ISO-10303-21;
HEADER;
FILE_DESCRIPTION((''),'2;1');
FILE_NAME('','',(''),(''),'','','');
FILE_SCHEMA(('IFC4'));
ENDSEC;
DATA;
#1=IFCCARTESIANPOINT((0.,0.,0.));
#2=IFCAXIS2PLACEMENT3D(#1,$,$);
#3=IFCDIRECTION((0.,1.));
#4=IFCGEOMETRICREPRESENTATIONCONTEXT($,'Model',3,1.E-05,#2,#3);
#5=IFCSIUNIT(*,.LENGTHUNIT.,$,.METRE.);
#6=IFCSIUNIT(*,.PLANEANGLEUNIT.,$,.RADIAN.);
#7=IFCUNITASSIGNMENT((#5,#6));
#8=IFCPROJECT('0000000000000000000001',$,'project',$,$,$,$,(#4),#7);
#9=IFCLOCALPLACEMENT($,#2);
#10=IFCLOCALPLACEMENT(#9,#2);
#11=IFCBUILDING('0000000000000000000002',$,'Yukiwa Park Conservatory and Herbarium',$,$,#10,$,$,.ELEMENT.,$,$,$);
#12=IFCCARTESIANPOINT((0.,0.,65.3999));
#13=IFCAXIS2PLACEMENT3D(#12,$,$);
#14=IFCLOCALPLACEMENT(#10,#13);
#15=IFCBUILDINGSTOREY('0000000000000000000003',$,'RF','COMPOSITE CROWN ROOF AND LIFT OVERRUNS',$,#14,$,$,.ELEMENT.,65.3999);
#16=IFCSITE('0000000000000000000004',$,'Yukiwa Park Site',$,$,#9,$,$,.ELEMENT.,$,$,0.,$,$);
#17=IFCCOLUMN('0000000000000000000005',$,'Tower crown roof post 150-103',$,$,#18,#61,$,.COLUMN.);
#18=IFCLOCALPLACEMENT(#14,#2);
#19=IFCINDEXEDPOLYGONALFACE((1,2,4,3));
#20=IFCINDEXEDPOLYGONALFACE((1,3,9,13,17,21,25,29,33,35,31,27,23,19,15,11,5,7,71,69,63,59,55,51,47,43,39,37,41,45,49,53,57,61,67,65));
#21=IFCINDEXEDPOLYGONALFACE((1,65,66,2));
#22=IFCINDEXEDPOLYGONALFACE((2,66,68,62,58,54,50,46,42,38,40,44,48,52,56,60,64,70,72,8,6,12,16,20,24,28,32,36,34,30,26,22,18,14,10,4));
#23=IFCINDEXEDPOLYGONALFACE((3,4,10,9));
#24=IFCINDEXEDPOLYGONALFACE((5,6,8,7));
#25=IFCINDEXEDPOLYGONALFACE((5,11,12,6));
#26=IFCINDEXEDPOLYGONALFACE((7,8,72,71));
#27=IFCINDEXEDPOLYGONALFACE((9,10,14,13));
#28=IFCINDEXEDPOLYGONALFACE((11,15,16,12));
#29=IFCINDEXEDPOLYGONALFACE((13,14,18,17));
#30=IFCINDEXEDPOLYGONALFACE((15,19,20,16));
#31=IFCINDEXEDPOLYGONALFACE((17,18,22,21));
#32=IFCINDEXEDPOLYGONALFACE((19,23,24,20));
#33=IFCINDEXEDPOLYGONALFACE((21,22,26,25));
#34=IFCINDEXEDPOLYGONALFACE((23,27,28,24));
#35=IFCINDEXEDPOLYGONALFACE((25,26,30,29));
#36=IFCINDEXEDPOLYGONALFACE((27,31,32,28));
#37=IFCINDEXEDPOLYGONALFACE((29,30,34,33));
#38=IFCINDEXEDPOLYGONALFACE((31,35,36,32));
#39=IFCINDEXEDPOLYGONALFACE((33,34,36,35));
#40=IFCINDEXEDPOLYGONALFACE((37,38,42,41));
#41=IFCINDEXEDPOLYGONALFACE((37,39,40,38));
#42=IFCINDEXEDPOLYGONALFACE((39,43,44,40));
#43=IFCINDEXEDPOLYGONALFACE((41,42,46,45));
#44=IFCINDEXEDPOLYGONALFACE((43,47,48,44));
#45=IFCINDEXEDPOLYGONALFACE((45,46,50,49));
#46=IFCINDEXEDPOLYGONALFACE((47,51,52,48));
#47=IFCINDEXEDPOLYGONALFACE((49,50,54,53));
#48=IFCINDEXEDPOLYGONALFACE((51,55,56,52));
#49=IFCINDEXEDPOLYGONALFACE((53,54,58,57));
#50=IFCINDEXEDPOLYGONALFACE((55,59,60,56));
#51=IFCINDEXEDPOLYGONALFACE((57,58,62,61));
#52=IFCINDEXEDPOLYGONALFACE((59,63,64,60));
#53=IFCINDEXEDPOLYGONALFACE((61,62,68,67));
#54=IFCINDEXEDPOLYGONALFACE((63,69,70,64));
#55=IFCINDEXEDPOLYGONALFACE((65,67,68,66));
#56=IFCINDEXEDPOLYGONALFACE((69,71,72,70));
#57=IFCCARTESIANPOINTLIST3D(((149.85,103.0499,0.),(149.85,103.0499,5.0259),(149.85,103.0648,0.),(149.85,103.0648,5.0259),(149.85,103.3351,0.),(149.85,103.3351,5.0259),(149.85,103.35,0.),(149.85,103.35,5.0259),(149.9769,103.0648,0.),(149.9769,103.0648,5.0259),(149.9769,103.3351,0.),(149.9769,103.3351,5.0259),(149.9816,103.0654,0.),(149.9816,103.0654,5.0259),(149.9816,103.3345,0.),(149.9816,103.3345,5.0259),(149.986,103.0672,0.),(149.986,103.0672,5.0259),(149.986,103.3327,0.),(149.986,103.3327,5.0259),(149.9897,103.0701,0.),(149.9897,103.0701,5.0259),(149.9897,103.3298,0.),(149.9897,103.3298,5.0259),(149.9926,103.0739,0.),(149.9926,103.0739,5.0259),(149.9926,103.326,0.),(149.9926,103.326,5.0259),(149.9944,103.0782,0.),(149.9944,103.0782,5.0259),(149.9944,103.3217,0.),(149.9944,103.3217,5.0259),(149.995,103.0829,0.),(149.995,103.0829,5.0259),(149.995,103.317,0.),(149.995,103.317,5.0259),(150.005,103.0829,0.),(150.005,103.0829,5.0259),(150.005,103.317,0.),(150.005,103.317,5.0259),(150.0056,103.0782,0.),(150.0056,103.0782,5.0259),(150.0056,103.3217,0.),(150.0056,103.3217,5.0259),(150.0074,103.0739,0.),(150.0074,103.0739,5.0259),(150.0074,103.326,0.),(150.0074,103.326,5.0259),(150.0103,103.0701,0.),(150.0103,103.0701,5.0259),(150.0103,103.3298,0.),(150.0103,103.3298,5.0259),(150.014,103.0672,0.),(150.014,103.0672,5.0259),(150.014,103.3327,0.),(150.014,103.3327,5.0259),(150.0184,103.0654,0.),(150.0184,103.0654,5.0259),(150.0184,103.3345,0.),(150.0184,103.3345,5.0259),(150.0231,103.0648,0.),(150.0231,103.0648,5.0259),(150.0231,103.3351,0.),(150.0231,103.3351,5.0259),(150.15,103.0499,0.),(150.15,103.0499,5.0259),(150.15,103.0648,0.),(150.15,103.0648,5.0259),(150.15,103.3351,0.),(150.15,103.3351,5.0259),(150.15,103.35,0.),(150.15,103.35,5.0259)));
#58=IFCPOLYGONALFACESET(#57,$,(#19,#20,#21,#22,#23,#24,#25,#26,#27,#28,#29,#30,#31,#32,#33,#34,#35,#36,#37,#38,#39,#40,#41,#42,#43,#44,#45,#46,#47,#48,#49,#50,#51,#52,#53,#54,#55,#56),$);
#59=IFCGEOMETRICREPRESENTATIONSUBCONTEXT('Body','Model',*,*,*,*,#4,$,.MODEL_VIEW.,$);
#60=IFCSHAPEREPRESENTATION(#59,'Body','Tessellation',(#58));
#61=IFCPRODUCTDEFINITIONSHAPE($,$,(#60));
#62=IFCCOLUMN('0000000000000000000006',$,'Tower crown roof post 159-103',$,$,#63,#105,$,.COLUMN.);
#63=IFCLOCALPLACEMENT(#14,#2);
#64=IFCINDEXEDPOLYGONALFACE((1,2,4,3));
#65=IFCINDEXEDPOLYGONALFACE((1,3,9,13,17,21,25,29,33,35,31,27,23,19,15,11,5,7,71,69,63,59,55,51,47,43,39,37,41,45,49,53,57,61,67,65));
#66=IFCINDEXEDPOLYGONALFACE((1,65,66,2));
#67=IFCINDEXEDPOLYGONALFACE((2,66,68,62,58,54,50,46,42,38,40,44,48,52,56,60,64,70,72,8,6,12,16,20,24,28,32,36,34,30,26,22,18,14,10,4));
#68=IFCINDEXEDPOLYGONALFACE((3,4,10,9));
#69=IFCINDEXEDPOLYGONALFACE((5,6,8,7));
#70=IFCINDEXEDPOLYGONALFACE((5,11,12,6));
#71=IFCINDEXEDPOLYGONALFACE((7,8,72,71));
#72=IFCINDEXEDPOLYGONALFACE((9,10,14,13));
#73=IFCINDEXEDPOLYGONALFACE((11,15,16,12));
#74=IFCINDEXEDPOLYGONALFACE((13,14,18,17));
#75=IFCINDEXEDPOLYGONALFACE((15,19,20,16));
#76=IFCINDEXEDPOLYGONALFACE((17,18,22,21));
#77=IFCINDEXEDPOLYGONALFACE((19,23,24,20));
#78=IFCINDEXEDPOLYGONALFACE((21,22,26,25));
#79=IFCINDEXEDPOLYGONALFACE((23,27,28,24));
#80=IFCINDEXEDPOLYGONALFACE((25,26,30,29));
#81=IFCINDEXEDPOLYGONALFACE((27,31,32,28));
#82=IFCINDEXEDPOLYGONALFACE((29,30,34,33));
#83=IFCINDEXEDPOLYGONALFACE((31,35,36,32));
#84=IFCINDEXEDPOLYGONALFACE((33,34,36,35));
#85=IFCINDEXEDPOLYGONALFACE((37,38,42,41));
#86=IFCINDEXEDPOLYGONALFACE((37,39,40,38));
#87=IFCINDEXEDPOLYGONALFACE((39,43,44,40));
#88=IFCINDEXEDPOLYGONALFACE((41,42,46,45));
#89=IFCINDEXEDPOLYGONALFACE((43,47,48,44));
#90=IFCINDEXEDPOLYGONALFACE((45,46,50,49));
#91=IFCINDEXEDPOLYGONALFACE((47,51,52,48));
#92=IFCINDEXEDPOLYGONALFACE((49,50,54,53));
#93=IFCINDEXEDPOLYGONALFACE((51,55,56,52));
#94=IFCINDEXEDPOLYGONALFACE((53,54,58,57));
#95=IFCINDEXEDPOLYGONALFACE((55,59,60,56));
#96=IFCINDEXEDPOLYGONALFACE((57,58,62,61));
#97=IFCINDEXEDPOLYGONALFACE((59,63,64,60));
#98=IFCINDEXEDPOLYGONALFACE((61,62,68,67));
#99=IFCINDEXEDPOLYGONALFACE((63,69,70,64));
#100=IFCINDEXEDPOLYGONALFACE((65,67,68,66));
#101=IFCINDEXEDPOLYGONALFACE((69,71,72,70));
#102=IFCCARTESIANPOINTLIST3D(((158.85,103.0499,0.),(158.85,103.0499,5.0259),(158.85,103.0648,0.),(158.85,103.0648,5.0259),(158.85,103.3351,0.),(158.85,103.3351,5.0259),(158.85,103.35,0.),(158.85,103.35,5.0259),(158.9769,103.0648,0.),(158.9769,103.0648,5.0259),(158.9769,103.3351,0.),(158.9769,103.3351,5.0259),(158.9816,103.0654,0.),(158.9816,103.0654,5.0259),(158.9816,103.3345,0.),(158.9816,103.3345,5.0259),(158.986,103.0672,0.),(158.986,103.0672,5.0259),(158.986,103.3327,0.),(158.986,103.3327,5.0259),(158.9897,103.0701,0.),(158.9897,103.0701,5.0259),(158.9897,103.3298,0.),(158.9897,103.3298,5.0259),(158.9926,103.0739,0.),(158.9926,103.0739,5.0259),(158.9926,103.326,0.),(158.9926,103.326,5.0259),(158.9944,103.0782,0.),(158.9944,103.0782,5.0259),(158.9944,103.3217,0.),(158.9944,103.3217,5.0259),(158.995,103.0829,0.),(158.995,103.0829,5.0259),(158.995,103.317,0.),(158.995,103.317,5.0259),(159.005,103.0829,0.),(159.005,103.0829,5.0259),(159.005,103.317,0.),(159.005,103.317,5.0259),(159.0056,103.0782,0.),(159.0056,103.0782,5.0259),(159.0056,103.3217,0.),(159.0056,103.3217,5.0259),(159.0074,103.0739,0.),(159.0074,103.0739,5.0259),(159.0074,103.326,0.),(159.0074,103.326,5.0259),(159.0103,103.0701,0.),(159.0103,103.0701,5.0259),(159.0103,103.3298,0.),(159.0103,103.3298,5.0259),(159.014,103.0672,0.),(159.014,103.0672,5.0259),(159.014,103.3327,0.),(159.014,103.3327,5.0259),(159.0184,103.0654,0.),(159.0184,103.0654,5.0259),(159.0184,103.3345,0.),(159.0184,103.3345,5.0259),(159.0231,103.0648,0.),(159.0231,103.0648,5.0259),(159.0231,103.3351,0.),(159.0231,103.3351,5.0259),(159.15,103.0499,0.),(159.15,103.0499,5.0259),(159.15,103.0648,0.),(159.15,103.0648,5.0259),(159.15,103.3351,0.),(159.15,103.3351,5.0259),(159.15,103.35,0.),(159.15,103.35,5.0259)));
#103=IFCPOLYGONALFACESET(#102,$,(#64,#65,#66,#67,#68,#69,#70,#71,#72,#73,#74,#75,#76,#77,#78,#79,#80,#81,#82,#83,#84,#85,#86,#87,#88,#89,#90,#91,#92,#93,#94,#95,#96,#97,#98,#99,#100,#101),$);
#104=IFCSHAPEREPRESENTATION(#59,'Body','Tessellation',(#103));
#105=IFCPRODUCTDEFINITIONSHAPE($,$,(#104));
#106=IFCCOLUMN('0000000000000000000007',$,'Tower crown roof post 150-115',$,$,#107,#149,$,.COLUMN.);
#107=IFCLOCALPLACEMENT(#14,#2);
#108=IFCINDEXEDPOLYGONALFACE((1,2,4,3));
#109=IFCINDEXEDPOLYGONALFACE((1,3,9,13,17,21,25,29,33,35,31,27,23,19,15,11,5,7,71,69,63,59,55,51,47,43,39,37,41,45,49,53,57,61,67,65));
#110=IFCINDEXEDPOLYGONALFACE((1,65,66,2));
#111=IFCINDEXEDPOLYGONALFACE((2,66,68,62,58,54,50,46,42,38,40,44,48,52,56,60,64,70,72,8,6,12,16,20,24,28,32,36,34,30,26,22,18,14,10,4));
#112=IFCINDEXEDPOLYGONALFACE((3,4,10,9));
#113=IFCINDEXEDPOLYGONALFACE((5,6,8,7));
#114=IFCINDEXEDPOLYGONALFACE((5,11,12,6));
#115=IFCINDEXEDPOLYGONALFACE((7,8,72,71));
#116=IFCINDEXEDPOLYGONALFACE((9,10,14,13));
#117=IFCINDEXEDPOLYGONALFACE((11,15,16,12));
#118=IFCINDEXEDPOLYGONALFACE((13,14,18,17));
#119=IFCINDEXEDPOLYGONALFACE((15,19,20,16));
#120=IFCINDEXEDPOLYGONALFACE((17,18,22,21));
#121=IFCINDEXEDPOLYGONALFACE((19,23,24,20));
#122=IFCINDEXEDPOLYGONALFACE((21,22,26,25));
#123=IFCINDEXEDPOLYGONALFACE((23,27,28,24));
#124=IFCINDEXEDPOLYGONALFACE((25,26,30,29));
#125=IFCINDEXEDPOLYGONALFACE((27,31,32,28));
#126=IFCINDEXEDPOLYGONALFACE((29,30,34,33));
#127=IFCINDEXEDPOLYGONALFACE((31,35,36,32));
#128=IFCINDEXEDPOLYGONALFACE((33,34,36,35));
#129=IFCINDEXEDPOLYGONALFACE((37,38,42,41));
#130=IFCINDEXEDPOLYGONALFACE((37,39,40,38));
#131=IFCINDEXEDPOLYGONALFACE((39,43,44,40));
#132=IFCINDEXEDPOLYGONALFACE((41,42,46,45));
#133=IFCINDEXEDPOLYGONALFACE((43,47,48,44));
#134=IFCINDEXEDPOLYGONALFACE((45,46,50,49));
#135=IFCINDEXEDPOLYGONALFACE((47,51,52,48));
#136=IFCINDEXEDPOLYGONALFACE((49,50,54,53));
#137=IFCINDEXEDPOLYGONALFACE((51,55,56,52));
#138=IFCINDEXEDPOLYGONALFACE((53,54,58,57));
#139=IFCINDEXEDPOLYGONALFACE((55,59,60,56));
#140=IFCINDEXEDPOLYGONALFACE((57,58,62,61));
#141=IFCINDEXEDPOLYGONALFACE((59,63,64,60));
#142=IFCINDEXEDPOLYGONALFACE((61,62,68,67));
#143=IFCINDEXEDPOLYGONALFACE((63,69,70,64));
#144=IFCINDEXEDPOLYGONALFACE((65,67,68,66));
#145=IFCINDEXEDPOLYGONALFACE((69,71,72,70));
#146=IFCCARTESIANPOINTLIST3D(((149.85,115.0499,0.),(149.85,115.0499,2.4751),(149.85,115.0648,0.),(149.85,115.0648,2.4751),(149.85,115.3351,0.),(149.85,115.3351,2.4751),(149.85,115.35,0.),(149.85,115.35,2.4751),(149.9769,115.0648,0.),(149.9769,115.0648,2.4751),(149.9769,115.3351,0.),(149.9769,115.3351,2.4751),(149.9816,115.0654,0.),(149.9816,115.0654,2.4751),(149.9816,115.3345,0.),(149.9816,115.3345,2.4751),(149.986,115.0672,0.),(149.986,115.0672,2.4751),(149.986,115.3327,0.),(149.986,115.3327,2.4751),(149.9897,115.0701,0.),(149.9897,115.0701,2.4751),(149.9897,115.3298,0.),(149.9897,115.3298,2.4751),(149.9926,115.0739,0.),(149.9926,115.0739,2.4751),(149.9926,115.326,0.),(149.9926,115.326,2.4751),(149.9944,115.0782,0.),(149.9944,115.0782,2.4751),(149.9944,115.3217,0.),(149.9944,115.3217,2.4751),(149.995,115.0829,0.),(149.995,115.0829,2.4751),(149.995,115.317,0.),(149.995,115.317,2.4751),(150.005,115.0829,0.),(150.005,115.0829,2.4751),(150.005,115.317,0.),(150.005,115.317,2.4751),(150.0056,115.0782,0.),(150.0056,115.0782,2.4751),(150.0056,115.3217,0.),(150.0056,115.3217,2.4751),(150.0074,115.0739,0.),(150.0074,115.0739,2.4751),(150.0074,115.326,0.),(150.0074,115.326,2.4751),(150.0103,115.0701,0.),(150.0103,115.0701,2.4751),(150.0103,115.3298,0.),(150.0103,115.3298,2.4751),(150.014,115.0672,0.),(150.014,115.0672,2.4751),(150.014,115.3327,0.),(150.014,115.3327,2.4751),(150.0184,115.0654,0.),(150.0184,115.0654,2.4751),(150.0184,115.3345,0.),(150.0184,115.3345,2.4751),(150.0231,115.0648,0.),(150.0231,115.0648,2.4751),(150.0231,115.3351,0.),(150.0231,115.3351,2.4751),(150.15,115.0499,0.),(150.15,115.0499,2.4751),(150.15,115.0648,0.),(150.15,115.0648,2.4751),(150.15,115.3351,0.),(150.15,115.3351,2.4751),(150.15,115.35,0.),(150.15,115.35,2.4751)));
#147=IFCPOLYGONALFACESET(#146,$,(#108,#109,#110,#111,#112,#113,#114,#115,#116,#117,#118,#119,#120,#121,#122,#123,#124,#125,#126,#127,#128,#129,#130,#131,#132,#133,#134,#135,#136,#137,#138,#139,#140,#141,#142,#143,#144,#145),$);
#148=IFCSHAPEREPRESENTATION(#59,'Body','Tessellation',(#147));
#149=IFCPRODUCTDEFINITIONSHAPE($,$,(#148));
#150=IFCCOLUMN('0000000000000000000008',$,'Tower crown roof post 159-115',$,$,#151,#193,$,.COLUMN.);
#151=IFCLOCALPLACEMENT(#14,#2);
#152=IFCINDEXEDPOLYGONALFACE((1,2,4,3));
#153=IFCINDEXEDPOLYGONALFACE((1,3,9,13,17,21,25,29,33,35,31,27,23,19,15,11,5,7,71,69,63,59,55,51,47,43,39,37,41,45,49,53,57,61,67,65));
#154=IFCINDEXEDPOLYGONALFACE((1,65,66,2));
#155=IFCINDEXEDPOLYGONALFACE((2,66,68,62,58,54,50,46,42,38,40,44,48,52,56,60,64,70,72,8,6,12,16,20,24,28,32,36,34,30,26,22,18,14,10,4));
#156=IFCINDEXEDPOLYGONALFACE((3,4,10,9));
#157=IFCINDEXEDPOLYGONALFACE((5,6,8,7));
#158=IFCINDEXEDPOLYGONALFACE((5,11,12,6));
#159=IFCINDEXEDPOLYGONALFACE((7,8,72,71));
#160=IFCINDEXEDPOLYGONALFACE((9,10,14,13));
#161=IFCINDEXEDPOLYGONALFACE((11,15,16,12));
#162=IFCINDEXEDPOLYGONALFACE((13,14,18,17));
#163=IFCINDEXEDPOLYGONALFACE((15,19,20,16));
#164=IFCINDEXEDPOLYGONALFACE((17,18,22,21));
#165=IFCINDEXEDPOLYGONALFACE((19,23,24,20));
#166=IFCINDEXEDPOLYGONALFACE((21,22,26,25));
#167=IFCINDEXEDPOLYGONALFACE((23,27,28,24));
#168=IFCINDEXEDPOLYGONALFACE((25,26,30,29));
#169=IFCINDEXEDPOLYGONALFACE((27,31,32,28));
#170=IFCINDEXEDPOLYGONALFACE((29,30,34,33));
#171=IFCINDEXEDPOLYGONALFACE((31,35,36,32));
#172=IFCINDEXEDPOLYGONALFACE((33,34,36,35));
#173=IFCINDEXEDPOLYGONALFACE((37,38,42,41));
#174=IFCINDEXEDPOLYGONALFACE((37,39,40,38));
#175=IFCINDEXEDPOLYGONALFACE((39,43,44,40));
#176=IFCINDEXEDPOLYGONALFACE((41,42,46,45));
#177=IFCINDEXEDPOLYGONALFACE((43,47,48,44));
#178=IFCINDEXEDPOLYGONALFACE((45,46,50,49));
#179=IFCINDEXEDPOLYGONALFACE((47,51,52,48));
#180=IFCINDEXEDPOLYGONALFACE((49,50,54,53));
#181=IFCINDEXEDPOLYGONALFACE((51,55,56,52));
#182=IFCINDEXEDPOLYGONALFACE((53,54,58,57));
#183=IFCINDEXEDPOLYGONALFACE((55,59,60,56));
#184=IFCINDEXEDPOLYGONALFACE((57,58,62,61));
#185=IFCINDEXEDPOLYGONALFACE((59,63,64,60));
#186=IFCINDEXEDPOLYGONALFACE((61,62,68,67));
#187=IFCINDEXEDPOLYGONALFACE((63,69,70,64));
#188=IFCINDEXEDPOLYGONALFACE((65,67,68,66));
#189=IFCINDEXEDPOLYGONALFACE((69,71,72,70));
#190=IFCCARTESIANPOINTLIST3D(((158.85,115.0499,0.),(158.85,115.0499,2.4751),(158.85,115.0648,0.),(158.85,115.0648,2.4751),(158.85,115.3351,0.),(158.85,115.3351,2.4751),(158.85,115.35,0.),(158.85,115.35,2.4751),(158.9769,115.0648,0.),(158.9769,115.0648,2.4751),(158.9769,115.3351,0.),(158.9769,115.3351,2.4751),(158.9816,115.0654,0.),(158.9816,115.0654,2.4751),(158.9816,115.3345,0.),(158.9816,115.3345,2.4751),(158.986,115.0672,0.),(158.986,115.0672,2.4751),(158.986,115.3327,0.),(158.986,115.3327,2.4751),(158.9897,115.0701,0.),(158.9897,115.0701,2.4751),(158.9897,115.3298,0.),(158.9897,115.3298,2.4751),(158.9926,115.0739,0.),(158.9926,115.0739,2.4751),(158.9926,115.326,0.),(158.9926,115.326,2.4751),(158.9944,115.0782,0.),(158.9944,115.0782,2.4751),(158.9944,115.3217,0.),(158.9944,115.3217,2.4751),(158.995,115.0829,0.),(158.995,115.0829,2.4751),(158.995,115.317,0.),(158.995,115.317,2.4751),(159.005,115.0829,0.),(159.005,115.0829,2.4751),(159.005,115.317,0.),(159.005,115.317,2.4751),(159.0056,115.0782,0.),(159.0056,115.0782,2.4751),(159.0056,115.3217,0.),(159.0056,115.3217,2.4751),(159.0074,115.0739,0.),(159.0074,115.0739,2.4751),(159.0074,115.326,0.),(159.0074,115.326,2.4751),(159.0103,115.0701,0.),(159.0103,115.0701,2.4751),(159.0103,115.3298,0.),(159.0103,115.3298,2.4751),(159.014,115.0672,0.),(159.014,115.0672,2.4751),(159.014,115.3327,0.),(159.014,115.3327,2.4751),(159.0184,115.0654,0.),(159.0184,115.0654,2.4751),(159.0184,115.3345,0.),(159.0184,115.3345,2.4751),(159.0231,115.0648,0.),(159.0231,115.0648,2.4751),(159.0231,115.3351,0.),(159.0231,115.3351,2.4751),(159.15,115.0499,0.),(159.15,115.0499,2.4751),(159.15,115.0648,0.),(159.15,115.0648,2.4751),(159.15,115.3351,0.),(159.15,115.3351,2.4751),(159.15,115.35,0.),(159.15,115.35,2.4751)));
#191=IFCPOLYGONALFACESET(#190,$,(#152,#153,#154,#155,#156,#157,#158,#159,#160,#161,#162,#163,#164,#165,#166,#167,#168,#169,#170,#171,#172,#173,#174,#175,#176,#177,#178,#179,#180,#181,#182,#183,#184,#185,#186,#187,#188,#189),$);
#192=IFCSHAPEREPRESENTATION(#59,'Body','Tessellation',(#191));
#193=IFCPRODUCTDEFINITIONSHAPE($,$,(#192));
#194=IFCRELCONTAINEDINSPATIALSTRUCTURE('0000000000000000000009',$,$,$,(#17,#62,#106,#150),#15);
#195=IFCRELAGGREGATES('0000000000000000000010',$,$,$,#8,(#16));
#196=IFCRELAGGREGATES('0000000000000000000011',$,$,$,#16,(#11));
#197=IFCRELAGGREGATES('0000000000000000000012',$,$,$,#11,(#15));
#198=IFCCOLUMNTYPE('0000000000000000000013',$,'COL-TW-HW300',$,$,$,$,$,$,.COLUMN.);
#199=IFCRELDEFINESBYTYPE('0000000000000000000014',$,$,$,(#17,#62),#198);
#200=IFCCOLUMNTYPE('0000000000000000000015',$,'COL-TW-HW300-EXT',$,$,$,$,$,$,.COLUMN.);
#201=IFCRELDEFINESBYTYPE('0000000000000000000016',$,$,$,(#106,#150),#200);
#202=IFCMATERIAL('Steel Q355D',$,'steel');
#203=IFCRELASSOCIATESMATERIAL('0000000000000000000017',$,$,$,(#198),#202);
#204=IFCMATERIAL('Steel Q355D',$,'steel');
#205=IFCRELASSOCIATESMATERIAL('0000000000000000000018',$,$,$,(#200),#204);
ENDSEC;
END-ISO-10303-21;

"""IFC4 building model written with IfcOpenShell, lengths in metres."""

from ifc_helpers import new_model, si_unit, direction, frame, origin, origin_2d, place, context, subcontext, project, spatial, i_section, extrude, material, material_profile, profile_set, type_object, element, save


model = new_model("IFC4")

# Units and contexts
model_context = context("Model", 3, precision=1e-05, world=origin(), true_north=direction((0.0, 1.0)))
body_context = subcontext(model_context, "Body", "Model", "MODEL_VIEW")
ifc_project = project(units=[si_unit("LENGTHUNIT", "METRE"), si_unit("PLANEANGLEUNIT", "RADIAN")], contexts=[model_context])

# Site, building, storey
site_placement = place(None, origin())
site = spatial("IfcSite", under=ifc_project, at=site_placement, Name="Yukiwa Park Site", CompositionType="ELEMENT", RefElevation=0.0)
building_placement = place(site_placement, origin())
building = spatial("IfcBuilding", under=site, at=building_placement, Name="Yukiwa Park Conservatory and Herbarium", CompositionType="ELEMENT")
storey_placement = place(building_placement, frame((0.0, 0.0, 65.3999)))
storey = spatial("IfcBuildingStorey", under=building, at=storey_placement, Name="RF", Description="COMPOSITE CROWN ROOF AND LIFT OVERRUNS", CompositionType="ELEMENT", Elevation=65.3999)

# Columns
ifc_material_1 = material(Name="Steel Q355D", Category="steel")
ifc_material_profile_1 = material_profile(ifc_material_1, i_section(OverallWidth=0.3, OverallDepth=0.3, WebThickness=0.01, FlangeThickness=0.0149, FilletRadius=0.0181, at=origin_2d()), Name="HW 300x300x10x15")
ifc_profile_set_1 = profile_set([ifc_material_profile_1], Name="Steel Q355D")
column_type_1 = type_object("IfcColumnType", Name="COL-TW-HW300", PredefinedType="COLUMN", material=ifc_profile_set_1)
for number, where, z_axis, x_axis, name in (
    (1, (150.0, 103.2, 0.0), (0.0, 0.0, 1.0), (1.0, 0.0, 0.0), "Tower crown roof post 150-103"),
    (2, (159.0, 103.2, 0.0), (0.0, 0.0, 1.0), (1.0, 0.0, 0.0), "Tower crown roof post 159-103"),
):
    element("IfcColumn", number, at=place(storey_placement, frame(where, z_axis=z_axis, x_axis=x_axis)), inside=storey, type_object=column_type_1, Name=name, PredefinedType="COLUMN", context=body_context, shape_type="SweptSolid", body=[
        extrude(i_section(OverallWidth=0.3, OverallDepth=0.3, WebThickness=0.01, FlangeThickness=0.0149, FilletRadius=0.0181, at=origin_2d()), origin(), (0.0, 0.0, 1.0), 5.0259),
    ])
ifc_material_2 = material(Name="Steel Q355D", Category="steel")
ifc_material_profile_2 = material_profile(ifc_material_2, i_section(OverallWidth=0.3, OverallDepth=0.3, WebThickness=0.01, FlangeThickness=0.0149, FilletRadius=0.0181, at=origin_2d()), Name="HW 300x300x10x15")
ifc_profile_set_2 = profile_set([ifc_material_profile_2], Name="Steel Q355D")
column_type_2 = type_object("IfcColumnType", Name="COL-TW-HW300-EXT", PredefinedType="COLUMN", material=ifc_profile_set_2)
for number, where, z_axis, x_axis, name in (
    (3, (150.0, 115.2, 0.0), (0.0, 0.0, 1.0), (1.0, 0.0, 0.0), "Tower crown roof post 150-115"),
    (4, (159.0, 115.2, 0.0), (0.0, 0.0, 1.0), (1.0, 0.0, 0.0), "Tower crown roof post 159-115"),
):
    element("IfcColumn", number, at=place(storey_placement, frame(where, z_axis=z_axis, x_axis=x_axis)), inside=storey, type_object=column_type_2, Name=name, PredefinedType="COLUMN", context=body_context, shape_type="SweptSolid", body=[
        extrude(i_section(OverallWidth=0.3, OverallDepth=0.3, WebThickness=0.01, FlangeThickness=0.0149, FilletRadius=0.0181, at=origin_2d()), origin(), (0.0, 0.0, 1.0), 2.4751),
    ])

save(model, "model.ifc")
